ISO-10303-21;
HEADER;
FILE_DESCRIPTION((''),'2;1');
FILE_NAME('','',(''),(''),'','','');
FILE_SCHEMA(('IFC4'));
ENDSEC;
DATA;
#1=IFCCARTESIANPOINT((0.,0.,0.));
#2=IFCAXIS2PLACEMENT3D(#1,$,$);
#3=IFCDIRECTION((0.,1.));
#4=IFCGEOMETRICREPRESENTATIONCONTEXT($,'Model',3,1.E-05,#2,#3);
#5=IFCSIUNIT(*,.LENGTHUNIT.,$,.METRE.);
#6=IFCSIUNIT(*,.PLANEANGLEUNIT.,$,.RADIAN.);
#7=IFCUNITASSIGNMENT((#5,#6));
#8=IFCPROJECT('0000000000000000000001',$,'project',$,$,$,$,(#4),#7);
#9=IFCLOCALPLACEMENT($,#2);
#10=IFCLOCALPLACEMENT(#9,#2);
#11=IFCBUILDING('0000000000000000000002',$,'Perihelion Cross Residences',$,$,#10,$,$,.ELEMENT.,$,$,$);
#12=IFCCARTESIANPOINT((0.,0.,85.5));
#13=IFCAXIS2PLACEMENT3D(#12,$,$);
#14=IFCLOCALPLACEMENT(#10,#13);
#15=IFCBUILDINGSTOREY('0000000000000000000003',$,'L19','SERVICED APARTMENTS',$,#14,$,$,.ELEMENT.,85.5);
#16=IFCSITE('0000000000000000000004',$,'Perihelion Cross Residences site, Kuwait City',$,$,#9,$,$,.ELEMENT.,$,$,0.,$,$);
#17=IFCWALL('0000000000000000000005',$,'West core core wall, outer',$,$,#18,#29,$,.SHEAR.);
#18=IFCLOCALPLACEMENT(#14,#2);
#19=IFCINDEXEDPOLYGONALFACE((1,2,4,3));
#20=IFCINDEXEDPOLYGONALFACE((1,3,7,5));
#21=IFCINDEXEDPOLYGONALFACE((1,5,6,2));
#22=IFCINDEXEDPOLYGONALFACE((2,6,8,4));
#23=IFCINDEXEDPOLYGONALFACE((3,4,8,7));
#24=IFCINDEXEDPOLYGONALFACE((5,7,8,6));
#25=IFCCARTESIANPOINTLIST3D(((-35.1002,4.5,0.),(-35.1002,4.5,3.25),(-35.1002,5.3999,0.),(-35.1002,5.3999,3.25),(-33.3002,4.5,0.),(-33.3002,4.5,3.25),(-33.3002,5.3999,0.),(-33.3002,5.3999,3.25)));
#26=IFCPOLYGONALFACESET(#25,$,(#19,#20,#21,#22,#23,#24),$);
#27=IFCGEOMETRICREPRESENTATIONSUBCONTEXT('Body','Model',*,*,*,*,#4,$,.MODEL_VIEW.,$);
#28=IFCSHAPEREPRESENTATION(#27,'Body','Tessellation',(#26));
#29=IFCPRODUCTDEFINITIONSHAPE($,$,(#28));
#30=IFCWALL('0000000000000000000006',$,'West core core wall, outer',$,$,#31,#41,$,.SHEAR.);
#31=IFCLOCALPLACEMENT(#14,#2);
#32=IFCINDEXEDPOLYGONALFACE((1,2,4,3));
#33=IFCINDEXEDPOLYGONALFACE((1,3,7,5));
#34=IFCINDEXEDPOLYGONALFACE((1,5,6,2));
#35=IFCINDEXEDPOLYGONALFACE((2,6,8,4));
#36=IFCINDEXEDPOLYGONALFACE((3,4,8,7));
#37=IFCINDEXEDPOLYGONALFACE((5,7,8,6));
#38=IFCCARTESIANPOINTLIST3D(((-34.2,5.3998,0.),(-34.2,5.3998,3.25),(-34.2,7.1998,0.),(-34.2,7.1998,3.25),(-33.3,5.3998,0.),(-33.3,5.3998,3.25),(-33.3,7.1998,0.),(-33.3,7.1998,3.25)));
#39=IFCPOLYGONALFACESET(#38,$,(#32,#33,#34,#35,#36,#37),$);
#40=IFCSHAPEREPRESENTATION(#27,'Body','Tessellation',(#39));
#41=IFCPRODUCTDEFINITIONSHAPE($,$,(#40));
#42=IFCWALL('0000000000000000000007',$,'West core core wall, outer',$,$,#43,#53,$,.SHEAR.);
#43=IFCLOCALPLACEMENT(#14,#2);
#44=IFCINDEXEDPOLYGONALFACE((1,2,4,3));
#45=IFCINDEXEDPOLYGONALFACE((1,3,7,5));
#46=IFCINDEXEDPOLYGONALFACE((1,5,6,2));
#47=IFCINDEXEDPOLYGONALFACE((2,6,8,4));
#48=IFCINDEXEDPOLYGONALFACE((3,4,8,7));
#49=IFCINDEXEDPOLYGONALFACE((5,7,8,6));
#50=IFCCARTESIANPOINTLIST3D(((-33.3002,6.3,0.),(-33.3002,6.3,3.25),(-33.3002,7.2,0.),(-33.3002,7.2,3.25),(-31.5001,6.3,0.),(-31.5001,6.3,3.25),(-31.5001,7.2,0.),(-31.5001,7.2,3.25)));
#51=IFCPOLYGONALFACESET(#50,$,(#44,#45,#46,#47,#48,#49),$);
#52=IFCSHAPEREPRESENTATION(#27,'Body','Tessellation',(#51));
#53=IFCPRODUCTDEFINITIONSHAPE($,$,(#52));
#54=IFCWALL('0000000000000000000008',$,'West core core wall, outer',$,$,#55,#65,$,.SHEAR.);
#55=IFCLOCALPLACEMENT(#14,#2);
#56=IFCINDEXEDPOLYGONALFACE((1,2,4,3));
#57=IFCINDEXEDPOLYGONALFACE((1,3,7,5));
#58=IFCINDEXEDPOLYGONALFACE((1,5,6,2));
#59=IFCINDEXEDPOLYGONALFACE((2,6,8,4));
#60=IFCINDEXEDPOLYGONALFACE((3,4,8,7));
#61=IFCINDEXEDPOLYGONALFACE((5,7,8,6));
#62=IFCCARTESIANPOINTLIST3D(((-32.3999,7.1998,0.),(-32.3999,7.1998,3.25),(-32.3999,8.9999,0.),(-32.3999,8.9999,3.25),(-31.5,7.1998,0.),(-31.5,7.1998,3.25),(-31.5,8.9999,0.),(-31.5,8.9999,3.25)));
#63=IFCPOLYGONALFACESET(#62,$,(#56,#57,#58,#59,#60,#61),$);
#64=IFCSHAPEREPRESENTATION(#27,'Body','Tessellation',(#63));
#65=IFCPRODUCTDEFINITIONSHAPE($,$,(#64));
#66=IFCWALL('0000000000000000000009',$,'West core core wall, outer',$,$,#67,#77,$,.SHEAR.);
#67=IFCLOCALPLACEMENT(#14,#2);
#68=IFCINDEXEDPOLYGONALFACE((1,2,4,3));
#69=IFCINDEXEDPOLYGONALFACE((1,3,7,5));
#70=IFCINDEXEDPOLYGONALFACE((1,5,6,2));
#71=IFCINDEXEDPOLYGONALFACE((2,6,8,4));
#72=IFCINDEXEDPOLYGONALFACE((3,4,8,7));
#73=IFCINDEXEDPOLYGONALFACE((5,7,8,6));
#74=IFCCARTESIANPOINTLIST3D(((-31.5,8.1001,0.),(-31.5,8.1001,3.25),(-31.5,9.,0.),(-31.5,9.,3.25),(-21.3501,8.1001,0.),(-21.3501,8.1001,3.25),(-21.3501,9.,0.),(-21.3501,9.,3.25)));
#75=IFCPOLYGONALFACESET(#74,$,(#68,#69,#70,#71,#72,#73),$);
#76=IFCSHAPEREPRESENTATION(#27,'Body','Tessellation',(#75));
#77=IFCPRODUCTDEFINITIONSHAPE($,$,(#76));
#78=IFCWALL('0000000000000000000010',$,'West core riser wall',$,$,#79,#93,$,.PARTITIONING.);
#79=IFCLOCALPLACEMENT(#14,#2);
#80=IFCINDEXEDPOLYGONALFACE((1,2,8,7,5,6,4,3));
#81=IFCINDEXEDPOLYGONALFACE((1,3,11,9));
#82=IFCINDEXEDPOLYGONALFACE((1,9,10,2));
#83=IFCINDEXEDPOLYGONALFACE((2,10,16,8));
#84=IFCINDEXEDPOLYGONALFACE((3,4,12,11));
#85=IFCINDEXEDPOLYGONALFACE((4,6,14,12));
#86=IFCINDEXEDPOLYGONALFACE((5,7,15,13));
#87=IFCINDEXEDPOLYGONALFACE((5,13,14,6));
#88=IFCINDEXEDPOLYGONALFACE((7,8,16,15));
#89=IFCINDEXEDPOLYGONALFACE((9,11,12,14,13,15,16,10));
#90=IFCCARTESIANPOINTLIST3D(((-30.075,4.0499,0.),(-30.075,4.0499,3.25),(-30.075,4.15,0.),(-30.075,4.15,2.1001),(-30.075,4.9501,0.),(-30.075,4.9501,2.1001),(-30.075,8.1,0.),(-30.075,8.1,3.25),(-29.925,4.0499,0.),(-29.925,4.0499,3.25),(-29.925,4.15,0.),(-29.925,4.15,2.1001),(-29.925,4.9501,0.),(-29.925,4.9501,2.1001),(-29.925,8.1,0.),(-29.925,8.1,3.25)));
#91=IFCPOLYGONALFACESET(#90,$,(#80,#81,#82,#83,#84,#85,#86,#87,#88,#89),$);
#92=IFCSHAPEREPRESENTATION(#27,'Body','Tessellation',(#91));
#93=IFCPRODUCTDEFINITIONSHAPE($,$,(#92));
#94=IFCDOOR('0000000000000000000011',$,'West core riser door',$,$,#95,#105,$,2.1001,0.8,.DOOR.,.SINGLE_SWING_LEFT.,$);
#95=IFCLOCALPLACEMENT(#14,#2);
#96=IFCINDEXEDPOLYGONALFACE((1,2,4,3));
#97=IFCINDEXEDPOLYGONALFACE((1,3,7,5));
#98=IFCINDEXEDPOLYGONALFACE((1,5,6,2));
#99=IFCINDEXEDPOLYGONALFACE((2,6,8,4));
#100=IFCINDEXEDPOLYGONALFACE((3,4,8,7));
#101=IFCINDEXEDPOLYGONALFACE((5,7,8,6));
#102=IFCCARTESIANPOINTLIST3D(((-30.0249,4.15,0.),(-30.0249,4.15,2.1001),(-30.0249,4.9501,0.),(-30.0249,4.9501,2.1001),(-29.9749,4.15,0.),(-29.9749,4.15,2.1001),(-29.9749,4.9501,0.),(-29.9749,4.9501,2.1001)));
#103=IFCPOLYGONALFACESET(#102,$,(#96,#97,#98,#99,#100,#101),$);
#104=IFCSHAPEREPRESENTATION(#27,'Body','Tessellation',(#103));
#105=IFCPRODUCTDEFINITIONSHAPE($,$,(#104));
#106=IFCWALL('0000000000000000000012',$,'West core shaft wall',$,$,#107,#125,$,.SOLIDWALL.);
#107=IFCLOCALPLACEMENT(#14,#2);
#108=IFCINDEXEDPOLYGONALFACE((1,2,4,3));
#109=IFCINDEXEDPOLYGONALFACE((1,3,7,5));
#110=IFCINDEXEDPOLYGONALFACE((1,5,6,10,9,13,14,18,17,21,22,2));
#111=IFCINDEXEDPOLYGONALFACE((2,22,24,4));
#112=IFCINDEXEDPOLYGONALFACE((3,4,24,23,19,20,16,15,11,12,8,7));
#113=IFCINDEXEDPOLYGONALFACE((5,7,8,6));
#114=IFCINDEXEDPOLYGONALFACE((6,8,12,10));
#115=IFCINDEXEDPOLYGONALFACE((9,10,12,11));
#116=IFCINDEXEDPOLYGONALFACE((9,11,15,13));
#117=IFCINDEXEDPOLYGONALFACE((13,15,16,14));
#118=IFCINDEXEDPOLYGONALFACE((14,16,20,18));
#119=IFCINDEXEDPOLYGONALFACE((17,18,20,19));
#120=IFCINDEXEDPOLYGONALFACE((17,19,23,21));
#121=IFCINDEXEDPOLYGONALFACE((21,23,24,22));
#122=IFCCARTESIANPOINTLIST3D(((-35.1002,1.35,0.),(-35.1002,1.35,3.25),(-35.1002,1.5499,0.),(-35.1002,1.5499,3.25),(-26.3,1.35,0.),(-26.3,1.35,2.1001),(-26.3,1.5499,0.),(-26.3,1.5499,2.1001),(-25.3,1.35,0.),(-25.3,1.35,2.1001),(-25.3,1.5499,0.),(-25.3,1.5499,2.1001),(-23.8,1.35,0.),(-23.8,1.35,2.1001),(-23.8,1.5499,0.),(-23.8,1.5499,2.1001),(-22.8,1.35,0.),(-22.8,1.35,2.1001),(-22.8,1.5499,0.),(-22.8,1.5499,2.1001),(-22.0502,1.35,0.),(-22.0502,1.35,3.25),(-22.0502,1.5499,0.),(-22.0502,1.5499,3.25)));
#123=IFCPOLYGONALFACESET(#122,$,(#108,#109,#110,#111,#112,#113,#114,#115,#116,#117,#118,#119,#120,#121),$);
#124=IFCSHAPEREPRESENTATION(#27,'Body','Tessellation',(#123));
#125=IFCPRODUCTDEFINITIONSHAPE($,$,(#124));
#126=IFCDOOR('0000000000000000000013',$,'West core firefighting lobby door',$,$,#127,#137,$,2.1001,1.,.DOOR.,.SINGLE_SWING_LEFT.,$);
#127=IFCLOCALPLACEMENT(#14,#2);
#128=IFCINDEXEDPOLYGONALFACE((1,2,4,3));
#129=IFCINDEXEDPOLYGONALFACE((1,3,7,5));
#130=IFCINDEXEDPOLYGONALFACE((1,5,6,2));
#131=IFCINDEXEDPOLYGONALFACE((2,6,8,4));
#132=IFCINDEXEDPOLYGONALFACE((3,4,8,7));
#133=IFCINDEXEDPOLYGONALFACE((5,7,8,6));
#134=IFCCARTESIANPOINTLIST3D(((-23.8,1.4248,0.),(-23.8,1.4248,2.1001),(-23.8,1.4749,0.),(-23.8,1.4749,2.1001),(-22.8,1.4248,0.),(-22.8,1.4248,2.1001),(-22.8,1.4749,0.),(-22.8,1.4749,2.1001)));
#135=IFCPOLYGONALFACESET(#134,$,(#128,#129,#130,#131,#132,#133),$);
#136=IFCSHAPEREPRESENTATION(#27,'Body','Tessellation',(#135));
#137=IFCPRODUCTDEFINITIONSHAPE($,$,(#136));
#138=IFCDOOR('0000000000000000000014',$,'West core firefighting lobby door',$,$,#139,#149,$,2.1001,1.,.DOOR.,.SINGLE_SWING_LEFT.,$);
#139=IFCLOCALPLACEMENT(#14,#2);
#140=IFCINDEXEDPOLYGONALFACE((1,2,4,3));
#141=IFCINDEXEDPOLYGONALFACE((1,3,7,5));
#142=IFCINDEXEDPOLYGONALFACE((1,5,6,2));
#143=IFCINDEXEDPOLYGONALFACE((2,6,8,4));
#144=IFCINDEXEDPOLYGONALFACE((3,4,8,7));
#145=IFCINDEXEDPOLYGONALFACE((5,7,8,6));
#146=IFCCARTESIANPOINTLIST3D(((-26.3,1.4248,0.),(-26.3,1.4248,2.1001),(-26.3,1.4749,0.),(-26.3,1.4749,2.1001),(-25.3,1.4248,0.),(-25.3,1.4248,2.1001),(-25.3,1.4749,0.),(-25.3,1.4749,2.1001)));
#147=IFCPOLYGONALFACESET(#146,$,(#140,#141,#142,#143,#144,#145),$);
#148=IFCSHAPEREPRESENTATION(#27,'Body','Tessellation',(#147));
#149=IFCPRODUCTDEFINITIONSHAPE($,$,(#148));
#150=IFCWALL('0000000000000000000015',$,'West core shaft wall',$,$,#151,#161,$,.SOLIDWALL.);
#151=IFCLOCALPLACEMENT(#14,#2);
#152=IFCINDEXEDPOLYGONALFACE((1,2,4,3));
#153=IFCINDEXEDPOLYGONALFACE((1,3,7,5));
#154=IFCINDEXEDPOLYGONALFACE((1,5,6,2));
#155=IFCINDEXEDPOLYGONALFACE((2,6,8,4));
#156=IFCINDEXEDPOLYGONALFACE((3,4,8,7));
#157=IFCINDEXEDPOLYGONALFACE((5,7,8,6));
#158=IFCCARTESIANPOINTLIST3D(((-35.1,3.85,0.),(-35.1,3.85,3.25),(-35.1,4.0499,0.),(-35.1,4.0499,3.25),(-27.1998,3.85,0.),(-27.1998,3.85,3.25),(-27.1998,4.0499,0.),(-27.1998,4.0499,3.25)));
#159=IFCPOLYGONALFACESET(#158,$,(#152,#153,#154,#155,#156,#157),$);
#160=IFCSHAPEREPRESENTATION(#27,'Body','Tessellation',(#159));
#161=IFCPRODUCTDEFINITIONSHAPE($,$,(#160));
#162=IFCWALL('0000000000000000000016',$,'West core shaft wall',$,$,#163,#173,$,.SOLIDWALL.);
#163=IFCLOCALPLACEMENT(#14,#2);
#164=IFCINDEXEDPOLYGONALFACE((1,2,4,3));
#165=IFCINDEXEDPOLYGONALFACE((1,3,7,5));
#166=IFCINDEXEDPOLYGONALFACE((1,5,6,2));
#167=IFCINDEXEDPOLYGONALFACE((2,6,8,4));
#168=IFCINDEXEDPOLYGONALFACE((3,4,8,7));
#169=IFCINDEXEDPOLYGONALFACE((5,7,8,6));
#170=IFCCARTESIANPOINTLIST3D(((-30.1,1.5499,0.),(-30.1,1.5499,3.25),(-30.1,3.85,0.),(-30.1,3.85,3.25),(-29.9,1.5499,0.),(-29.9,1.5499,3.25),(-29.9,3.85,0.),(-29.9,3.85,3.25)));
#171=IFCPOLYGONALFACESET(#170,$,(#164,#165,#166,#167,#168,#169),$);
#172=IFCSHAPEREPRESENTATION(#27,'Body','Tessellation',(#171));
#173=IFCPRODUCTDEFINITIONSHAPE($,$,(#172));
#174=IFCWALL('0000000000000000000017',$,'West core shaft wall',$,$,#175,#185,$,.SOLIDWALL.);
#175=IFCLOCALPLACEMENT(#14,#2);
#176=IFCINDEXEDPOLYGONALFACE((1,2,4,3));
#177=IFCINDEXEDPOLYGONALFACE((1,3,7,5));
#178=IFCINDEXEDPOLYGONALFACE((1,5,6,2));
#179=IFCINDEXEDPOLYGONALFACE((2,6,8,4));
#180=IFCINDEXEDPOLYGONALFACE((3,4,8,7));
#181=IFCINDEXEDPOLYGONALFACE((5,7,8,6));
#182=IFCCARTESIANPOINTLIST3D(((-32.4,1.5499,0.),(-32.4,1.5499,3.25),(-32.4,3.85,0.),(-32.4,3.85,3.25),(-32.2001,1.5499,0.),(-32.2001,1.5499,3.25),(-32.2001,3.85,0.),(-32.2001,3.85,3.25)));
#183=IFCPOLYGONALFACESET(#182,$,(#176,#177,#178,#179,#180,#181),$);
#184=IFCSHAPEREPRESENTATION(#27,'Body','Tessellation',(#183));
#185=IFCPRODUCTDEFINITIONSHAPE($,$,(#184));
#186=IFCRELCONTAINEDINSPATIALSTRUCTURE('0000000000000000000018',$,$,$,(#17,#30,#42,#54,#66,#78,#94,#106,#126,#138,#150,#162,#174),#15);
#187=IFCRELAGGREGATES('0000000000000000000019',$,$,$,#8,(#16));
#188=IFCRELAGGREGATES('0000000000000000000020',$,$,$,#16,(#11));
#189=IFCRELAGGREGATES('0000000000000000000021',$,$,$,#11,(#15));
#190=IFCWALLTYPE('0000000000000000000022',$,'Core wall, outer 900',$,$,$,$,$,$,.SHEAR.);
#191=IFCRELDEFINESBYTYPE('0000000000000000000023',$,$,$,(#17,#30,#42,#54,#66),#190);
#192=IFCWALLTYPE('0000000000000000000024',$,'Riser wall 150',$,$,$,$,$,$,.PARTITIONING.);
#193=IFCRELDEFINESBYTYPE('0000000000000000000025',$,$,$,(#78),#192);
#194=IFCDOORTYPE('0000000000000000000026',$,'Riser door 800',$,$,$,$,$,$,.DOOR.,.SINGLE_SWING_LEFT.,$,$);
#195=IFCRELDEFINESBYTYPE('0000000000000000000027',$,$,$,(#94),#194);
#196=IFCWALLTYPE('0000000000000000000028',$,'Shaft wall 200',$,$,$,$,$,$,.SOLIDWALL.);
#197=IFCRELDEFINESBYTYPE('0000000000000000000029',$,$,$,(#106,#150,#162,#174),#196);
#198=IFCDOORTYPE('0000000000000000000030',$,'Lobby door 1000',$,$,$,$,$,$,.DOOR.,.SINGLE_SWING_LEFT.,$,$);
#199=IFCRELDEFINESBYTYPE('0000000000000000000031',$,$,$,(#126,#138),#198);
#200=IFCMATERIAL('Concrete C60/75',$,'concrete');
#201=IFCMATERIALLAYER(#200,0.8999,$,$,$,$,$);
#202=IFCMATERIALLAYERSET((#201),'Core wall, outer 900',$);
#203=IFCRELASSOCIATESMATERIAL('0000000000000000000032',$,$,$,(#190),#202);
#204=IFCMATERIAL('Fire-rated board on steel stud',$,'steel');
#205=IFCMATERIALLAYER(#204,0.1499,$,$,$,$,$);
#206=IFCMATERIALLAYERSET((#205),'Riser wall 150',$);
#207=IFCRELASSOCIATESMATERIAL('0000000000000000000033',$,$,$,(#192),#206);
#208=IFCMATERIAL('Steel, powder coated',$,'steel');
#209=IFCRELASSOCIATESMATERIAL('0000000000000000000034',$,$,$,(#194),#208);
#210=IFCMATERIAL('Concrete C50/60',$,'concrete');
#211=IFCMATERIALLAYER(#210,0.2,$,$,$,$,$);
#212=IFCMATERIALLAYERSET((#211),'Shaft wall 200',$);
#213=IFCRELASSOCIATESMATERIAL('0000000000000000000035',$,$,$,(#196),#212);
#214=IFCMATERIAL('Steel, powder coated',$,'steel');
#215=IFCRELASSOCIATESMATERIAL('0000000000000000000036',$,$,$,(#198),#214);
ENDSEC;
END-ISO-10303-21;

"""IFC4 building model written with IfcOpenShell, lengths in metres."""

from ifc_helpers import new_model, si_unit, direction, frame, frame_2d, origin, place, context, subcontext, project, spatial, rectangle, extrude, material, layer, layer_set, type_object, element, fill, save


model = new_model("IFC4")

# Units and contexts
model_context = context("Model", 3, precision=1e-05, world=origin(), true_north=direction((0.0, 1.0)))
body_context = subcontext(model_context, "Body", "Model", "MODEL_VIEW")
ifc_project = project(units=[si_unit("LENGTHUNIT", "METRE"), si_unit("PLANEANGLEUNIT", "RADIAN")], contexts=[model_context])

# Site, building, storey
site_placement = place(None, origin())
site = spatial("IfcSite", under=ifc_project, at=site_placement, Name="Perihelion Cross Residences site, Kuwait City", CompositionType="ELEMENT", RefElevation=0.0)
building_placement = place(site_placement, origin())
building = spatial("IfcBuilding", under=site, at=building_placement, Name="Perihelion Cross Residences", CompositionType="ELEMENT")
storey_placement = place(building_placement, frame((0.0, 0.0, 85.5)))
storey = spatial("IfcBuildingStorey", under=building, at=storey_placement, Name="L19", Description="SERVICED APARTMENTS", CompositionType="ELEMENT", Elevation=85.5)

# Walls
ifc_material_1 = material(Name="Concrete C60/75", Category="concrete")
ifc_layer_1 = layer(ifc_material_1, 0.8999)
ifc_layer_set_1 = layer_set([ifc_layer_1], Name="Core wall, outer 900")
wall_type_1 = type_object("IfcWallType", Name="Core wall, outer 900", PredefinedType="SHEAR", material=ifc_layer_set_1)
for number, where, z_axis, x_axis, name in (
    (1, (-35.1001, 4.95, 0.0), (0.0, 0.0, 1.0), (1.0, 0.0, 0.0), "West core core wall, outer"),
    (2, (-33.75, 5.3999, 0.0), (0.0, 0.0, 1.0), (0.0, 1.0, 0.0), "West core core wall, outer"),
    (3, (-33.3, 6.75, 0.0), (0.0, 0.0, 1.0), (1.0, 0.0, 0.0), "West core core wall, outer"),
    (4, (-31.95, 7.2, 0.0), (0.0, 0.0, 1.0), (0.0, 1.0, 0.0), "West core core wall, outer"),
):
    element("IfcWall", number, at=place(storey_placement, frame(where, z_axis=z_axis, x_axis=x_axis)), inside=storey, type_object=wall_type_1, Name=name, PredefinedType="SHEAR", context=body_context, shape_type="SweptSolid", body=[
        extrude(rectangle(XDim=1.8, YDim=0.8999, at=frame_2d((0.8999, 0.0))), origin(), (0.0, 0.0, 1.0), 3.25),
    ])
wall_1_placement = place(storey_placement, frame((-31.5, 8.55, 0.0), z_axis=(0.0, 0.0, 1.0), x_axis=(1.0, 0.0, 0.0)))
element("IfcWall", 5, at=wall_1_placement, inside=storey, type_object=wall_type_1, Name="West core core wall, outer", PredefinedType="SHEAR", context=body_context, shape_type="SweptSolid", body=[
    extrude(rectangle(XDim=10.1499, YDim=0.8999, at=frame_2d((5.075, 0.0))), origin(), (0.0, 0.0, 1.0), 3.25),
])

# Wall, opening, door
ifc_material_2 = material(Name="Fire-rated board on steel stud", Category="steel")
ifc_layer_2 = layer(ifc_material_2, 0.1499)
ifc_layer_set_2 = layer_set([ifc_layer_2], Name="Riser wall 150")
wall_type_2 = type_object("IfcWallType", Name="Riser wall 150", PredefinedType="PARTITIONING", material=ifc_layer_set_2)
wall_2_placement = place(storey_placement, frame((-30.0, 4.05, 0.0), z_axis=(0.0, 0.0, 1.0), x_axis=(0.0, 1.0, 0.0)))
wall_2 = element("IfcWall", 6, at=wall_2_placement, inside=storey, type_object=wall_type_2, Name="West core riser wall", PredefinedType="PARTITIONING", context=body_context, shape_type="SweptSolid", body=[
    extrude(rectangle(XDim=4.05, YDim=0.1499, at=frame_2d((2.0249, 0.0))), origin(), (0.0, 0.0, 1.0), 3.25),
])
opening_1_placement = place(wall_2_placement, frame((0.1001, 0.0, 0.0)))
opening_1 = element("IfcOpeningElement", 7, at=opening_1_placement, cuts=wall_2, PredefinedType="OPENING", context=body_context, shape_type="SweptSolid", body=[
    extrude(rectangle(XDim=0.8, YDim=2.1001, at=frame_2d((0.3999, 1.05))), frame((0.0, 0.085, 0.0), z_axis=(0.0, -1.0, 0.0), x_axis=(1.0, 0.0, 0.0)), (0.0, 0.0, 1.0), 0.1699),
])
ifc_material_3 = material(Name="Steel, powder coated", Category="steel")
door_type_1 = type_object("IfcDoorType", Name="Riser door 800", OperationType="SINGLE_SWING_LEFT", PredefinedType="DOOR", material=ifc_material_3)
door_1_placement = place(opening_1_placement, origin())
door_1 = element("IfcDoor", 8, at=door_1_placement, inside=storey, type_object=door_type_1, Name="West core riser door", OperationType="SINGLE_SWING_LEFT", OverallHeight=2.1001, OverallWidth=0.8, PredefinedType="DOOR", context=body_context, shape_type="SweptSolid", body=[
    extrude(rectangle(XDim=0.8, YDim=2.1001, at=frame_2d((0.3999, 1.05))), frame((0.0, 0.0249, 0.0), z_axis=(0.0, -1.0, 0.0), x_axis=(1.0, 0.0, 0.0)), (0.0, 0.0, 1.0), 0.05),
])
fill(opening_1, door_1)

# Wall, openings, doors
ifc_material_4 = material(Name="Concrete C50/60", Category="concrete")
ifc_layer_3 = layer(ifc_material_4, 0.2)
ifc_layer_set_3 = layer_set([ifc_layer_3], Name="Shaft wall 200")
wall_type_3 = type_object("IfcWallType", Name="Shaft wall 200", PredefinedType="SOLIDWALL", material=ifc_layer_set_3)
wall_3_placement = place(storey_placement, frame((-35.1001, 1.45, 0.0), z_axis=(0.0, 0.0, 1.0), x_axis=(1.0, 0.0, 0.0)))
wall_3 = element("IfcWall", 9, at=wall_3_placement, inside=storey, type_object=wall_type_3, Name="West core shaft wall", PredefinedType="SOLIDWALL", context=body_context, shape_type="SweptSolid", body=[
    extrude(rectangle(XDim=13.05, YDim=0.2, at=frame_2d((6.5249, 0.0))), origin(), (0.0, 0.0, 1.0), 3.25),
])
opening_2_placement = place(wall_3_placement, frame((11.3, 0.0, 0.0)))
opening_2 = element("IfcOpeningElement", 10, at=opening_2_placement, cuts=wall_3, PredefinedType="OPENING", context=body_context, shape_type="SweptSolid", body=[
    extrude(rectangle(XDim=1.0, YDim=2.1001, at=frame_2d((0.5, 1.05))), frame((0.0, 0.1099, 0.0), z_axis=(0.0, -1.0, 0.0), x_axis=(1.0, 0.0, 0.0)), (0.0, 0.0, 1.0), 0.22),
])
opening_3_placement = place(wall_3_placement, frame((8.8, 0.0, 0.0)))
opening_3 = element("IfcOpeningElement", 11, at=opening_3_placement, cuts=wall_3, PredefinedType="OPENING", context=body_context, shape_type="SweptSolid", body=[
    extrude(rectangle(XDim=1.0, YDim=2.1001, at=frame_2d((0.5, 1.05))), frame((0.0, 0.1099, 0.0), z_axis=(0.0, -1.0, 0.0), x_axis=(1.0, 0.0, 0.0)), (0.0, 0.0, 1.0), 0.22),
])
ifc_material_5 = material(Name="Steel, powder coated", Category="steel")
door_type_2 = type_object("IfcDoorType", Name="Lobby door 1000", OperationType="SINGLE_SWING_LEFT", PredefinedType="DOOR", material=ifc_material_5)
door_2_placement = place(opening_2_placement, origin())
door_2 = element("IfcDoor", 12, at=door_2_placement, inside=storey, type_object=door_type_2, Name="West core firefighting lobby door", OperationType="SINGLE_SWING_LEFT", OverallHeight=2.1001, OverallWidth=1.0, PredefinedType="DOOR", context=body_context, shape_type="SweptSolid", body=[
    extrude(rectangle(XDim=1.0, YDim=2.1001, at=frame_2d((0.5, 1.05))), frame((0.0, 0.0249, 0.0), z_axis=(0.0, -1.0, 0.0), x_axis=(1.0, 0.0, 0.0)), (0.0, 0.0, 1.0), 0.05),
])
fill(opening_2, door_2)
door_3_placement = place(opening_3_placement, origin())
door_3 = element("IfcDoor", 13, at=door_3_placement, inside=storey, type_object=door_type_2, Name="West core firefighting lobby door", OperationType="SINGLE_SWING_LEFT", OverallHeight=2.1001, OverallWidth=1.0, PredefinedType="DOOR", context=body_context, shape_type="SweptSolid", body=[
    extrude(rectangle(XDim=1.0, YDim=2.1001, at=frame_2d((0.5, 1.05))), frame((0.0, 0.0249, 0.0), z_axis=(0.0, -1.0, 0.0), x_axis=(1.0, 0.0, 0.0)), (0.0, 0.0, 1.0), 0.05),
])
fill(opening_3, door_3)

# Walls
wall_4_placement = place(storey_placement, frame((-35.1001, 3.95, 0.0), z_axis=(0.0, 0.0, 1.0), x_axis=(1.0, 0.0, 0.0)))
element("IfcWall", 14, at=wall_4_placement, inside=storey, type_object=wall_type_3, Name="West core shaft wall", PredefinedType="SOLIDWALL", context=body_context, shape_type="SweptSolid", body=[
    extrude(rectangle(XDim=7.9001, YDim=0.2, at=frame_2d((3.9502, 0.0))), origin(), (0.0, 0.0, 1.0), 3.25),
])
for number, where, z_axis, x_axis, name in (
    (15, (-30.0, 1.55, 0.0), (0.0, 0.0, 1.0), (0.0, 1.0, 0.0), "West core shaft wall"),
    (16, (-32.3, 1.55, 0.0), (0.0, 0.0, 1.0), (0.0, 1.0, 0.0), "West core shaft wall"),
):
    element("IfcWall", number, at=place(storey_placement, frame(where, z_axis=z_axis, x_axis=x_axis)), inside=storey, type_object=wall_type_3, Name=name, PredefinedType="SOLIDWALL", context=body_context, shape_type="SweptSolid", body=[
        extrude(rectangle(XDim=2.3, YDim=0.2, at=frame_2d((1.1499, 0.0))), origin(), (0.0, 0.0, 1.0), 3.25),
    ])

save(model, "model.ifc")
